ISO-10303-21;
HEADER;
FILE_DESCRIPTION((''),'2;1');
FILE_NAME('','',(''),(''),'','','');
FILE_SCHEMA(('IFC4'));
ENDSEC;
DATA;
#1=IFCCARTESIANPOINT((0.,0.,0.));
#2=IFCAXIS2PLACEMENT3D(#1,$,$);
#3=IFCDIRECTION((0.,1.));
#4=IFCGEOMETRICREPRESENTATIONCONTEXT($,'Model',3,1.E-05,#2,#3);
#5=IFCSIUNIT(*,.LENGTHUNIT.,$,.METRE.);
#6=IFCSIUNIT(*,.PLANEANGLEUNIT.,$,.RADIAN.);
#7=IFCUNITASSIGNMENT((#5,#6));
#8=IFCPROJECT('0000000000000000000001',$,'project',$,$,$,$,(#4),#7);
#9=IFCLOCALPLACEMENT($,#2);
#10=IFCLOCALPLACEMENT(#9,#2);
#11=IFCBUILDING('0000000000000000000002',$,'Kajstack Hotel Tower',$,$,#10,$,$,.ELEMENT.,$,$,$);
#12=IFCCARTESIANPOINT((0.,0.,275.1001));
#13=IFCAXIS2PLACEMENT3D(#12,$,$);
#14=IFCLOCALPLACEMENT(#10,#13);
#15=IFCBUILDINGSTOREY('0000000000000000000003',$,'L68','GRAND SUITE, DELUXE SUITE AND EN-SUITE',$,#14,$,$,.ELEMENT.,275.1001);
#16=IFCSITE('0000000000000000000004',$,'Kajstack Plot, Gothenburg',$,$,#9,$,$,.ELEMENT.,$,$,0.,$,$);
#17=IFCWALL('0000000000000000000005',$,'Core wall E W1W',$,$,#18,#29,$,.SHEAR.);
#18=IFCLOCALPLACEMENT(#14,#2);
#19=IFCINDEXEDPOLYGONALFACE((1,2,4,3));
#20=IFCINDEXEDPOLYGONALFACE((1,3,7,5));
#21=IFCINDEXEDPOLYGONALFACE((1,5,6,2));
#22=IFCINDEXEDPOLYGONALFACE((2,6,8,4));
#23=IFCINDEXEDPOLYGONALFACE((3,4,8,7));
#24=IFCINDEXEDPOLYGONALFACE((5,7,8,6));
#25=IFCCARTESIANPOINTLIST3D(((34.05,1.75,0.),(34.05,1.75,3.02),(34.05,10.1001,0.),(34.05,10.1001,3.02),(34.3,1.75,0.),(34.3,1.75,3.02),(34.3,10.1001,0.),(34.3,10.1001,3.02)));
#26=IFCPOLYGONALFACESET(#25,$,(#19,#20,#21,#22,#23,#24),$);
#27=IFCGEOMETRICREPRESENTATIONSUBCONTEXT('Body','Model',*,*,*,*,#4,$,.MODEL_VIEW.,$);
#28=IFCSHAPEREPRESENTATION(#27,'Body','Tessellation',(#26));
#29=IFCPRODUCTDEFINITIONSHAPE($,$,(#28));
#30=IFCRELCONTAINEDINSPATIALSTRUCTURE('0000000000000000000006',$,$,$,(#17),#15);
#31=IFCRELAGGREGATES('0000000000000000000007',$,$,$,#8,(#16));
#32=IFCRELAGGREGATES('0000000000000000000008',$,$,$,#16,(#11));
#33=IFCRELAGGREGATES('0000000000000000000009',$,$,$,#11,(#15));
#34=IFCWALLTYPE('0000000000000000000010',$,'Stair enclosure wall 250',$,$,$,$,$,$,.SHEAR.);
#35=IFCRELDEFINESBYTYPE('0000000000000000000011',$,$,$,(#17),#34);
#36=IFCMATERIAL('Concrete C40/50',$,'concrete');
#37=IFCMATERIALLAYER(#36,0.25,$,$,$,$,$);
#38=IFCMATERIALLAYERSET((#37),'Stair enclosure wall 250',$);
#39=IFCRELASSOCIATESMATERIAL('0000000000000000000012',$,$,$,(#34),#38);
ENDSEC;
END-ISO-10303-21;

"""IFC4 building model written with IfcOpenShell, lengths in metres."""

from ifc_helpers import new_model, si_unit, direction, frame, frame_2d, origin, place, context, subcontext, project, spatial, rectangle, extrude, material, layer, layer_set, type_object, element, save


model = new_model("IFC4")

# Units and contexts
model_context = context("Model", 3, precision=1e-05, world=origin(), true_north=direction((0.0, 1.0)))
body_context = subcontext(model_context, "Body", "Model", "MODEL_VIEW")
ifc_project = project(units=[si_unit("LENGTHUNIT", "METRE"), si_unit("PLANEANGLEUNIT", "RADIAN")], contexts=[model_context])

# Site, building, storey
site_placement = place(None, origin())
site = spatial("IfcSite", under=ifc_project, at=site_placement, Name="Kajstack Plot, Gothenburg", CompositionType="ELEMENT", RefElevation=0.0)
building_placement = place(site_placement, origin())
building = spatial("IfcBuilding", under=site, at=building_placement, Name="Kajstack Hotel Tower", CompositionType="ELEMENT")
storey_placement = place(building_placement, frame((0.0, 0.0, 275.1001)))
storey = spatial("IfcBuildingStorey", under=building, at=storey_placement, Name="L68", Description="GRAND SUITE, DELUXE SUITE AND EN-SUITE", CompositionType="ELEMENT", Elevation=275.1001)

# Shared definitions
ifc_material_1 = material(Name="Concrete C40/50", Category="concrete")

# Wall
ifc_layer_1 = layer(ifc_material_1, 0.25)
ifc_layer_set_1 = layer_set([ifc_layer_1], Name="Stair enclosure wall 250")
wall_type_1 = type_object("IfcWallType", Name="Stair enclosure wall 250", PredefinedType="SHEAR", material=ifc_layer_set_1)
wall_1_placement = place(storey_placement, frame((34.175, 1.75, 0.0), z_axis=(0.0, 0.0, 1.0), x_axis=(0.0, 1.0, 0.0)))
element("IfcWall", 1, at=wall_1_placement, inside=storey, type_object=wall_type_1, Name="Core wall E W1W", PredefinedType="SHEAR", context=body_context, shape_type="SweptSolid", body=[
    extrude(rectangle(XDim=8.3501, YDim=0.25, at=frame_2d((4.175, 0.0))), origin(), (0.0, 0.0, 1.0), 3.02),
])

save(model, "model.ifc")
